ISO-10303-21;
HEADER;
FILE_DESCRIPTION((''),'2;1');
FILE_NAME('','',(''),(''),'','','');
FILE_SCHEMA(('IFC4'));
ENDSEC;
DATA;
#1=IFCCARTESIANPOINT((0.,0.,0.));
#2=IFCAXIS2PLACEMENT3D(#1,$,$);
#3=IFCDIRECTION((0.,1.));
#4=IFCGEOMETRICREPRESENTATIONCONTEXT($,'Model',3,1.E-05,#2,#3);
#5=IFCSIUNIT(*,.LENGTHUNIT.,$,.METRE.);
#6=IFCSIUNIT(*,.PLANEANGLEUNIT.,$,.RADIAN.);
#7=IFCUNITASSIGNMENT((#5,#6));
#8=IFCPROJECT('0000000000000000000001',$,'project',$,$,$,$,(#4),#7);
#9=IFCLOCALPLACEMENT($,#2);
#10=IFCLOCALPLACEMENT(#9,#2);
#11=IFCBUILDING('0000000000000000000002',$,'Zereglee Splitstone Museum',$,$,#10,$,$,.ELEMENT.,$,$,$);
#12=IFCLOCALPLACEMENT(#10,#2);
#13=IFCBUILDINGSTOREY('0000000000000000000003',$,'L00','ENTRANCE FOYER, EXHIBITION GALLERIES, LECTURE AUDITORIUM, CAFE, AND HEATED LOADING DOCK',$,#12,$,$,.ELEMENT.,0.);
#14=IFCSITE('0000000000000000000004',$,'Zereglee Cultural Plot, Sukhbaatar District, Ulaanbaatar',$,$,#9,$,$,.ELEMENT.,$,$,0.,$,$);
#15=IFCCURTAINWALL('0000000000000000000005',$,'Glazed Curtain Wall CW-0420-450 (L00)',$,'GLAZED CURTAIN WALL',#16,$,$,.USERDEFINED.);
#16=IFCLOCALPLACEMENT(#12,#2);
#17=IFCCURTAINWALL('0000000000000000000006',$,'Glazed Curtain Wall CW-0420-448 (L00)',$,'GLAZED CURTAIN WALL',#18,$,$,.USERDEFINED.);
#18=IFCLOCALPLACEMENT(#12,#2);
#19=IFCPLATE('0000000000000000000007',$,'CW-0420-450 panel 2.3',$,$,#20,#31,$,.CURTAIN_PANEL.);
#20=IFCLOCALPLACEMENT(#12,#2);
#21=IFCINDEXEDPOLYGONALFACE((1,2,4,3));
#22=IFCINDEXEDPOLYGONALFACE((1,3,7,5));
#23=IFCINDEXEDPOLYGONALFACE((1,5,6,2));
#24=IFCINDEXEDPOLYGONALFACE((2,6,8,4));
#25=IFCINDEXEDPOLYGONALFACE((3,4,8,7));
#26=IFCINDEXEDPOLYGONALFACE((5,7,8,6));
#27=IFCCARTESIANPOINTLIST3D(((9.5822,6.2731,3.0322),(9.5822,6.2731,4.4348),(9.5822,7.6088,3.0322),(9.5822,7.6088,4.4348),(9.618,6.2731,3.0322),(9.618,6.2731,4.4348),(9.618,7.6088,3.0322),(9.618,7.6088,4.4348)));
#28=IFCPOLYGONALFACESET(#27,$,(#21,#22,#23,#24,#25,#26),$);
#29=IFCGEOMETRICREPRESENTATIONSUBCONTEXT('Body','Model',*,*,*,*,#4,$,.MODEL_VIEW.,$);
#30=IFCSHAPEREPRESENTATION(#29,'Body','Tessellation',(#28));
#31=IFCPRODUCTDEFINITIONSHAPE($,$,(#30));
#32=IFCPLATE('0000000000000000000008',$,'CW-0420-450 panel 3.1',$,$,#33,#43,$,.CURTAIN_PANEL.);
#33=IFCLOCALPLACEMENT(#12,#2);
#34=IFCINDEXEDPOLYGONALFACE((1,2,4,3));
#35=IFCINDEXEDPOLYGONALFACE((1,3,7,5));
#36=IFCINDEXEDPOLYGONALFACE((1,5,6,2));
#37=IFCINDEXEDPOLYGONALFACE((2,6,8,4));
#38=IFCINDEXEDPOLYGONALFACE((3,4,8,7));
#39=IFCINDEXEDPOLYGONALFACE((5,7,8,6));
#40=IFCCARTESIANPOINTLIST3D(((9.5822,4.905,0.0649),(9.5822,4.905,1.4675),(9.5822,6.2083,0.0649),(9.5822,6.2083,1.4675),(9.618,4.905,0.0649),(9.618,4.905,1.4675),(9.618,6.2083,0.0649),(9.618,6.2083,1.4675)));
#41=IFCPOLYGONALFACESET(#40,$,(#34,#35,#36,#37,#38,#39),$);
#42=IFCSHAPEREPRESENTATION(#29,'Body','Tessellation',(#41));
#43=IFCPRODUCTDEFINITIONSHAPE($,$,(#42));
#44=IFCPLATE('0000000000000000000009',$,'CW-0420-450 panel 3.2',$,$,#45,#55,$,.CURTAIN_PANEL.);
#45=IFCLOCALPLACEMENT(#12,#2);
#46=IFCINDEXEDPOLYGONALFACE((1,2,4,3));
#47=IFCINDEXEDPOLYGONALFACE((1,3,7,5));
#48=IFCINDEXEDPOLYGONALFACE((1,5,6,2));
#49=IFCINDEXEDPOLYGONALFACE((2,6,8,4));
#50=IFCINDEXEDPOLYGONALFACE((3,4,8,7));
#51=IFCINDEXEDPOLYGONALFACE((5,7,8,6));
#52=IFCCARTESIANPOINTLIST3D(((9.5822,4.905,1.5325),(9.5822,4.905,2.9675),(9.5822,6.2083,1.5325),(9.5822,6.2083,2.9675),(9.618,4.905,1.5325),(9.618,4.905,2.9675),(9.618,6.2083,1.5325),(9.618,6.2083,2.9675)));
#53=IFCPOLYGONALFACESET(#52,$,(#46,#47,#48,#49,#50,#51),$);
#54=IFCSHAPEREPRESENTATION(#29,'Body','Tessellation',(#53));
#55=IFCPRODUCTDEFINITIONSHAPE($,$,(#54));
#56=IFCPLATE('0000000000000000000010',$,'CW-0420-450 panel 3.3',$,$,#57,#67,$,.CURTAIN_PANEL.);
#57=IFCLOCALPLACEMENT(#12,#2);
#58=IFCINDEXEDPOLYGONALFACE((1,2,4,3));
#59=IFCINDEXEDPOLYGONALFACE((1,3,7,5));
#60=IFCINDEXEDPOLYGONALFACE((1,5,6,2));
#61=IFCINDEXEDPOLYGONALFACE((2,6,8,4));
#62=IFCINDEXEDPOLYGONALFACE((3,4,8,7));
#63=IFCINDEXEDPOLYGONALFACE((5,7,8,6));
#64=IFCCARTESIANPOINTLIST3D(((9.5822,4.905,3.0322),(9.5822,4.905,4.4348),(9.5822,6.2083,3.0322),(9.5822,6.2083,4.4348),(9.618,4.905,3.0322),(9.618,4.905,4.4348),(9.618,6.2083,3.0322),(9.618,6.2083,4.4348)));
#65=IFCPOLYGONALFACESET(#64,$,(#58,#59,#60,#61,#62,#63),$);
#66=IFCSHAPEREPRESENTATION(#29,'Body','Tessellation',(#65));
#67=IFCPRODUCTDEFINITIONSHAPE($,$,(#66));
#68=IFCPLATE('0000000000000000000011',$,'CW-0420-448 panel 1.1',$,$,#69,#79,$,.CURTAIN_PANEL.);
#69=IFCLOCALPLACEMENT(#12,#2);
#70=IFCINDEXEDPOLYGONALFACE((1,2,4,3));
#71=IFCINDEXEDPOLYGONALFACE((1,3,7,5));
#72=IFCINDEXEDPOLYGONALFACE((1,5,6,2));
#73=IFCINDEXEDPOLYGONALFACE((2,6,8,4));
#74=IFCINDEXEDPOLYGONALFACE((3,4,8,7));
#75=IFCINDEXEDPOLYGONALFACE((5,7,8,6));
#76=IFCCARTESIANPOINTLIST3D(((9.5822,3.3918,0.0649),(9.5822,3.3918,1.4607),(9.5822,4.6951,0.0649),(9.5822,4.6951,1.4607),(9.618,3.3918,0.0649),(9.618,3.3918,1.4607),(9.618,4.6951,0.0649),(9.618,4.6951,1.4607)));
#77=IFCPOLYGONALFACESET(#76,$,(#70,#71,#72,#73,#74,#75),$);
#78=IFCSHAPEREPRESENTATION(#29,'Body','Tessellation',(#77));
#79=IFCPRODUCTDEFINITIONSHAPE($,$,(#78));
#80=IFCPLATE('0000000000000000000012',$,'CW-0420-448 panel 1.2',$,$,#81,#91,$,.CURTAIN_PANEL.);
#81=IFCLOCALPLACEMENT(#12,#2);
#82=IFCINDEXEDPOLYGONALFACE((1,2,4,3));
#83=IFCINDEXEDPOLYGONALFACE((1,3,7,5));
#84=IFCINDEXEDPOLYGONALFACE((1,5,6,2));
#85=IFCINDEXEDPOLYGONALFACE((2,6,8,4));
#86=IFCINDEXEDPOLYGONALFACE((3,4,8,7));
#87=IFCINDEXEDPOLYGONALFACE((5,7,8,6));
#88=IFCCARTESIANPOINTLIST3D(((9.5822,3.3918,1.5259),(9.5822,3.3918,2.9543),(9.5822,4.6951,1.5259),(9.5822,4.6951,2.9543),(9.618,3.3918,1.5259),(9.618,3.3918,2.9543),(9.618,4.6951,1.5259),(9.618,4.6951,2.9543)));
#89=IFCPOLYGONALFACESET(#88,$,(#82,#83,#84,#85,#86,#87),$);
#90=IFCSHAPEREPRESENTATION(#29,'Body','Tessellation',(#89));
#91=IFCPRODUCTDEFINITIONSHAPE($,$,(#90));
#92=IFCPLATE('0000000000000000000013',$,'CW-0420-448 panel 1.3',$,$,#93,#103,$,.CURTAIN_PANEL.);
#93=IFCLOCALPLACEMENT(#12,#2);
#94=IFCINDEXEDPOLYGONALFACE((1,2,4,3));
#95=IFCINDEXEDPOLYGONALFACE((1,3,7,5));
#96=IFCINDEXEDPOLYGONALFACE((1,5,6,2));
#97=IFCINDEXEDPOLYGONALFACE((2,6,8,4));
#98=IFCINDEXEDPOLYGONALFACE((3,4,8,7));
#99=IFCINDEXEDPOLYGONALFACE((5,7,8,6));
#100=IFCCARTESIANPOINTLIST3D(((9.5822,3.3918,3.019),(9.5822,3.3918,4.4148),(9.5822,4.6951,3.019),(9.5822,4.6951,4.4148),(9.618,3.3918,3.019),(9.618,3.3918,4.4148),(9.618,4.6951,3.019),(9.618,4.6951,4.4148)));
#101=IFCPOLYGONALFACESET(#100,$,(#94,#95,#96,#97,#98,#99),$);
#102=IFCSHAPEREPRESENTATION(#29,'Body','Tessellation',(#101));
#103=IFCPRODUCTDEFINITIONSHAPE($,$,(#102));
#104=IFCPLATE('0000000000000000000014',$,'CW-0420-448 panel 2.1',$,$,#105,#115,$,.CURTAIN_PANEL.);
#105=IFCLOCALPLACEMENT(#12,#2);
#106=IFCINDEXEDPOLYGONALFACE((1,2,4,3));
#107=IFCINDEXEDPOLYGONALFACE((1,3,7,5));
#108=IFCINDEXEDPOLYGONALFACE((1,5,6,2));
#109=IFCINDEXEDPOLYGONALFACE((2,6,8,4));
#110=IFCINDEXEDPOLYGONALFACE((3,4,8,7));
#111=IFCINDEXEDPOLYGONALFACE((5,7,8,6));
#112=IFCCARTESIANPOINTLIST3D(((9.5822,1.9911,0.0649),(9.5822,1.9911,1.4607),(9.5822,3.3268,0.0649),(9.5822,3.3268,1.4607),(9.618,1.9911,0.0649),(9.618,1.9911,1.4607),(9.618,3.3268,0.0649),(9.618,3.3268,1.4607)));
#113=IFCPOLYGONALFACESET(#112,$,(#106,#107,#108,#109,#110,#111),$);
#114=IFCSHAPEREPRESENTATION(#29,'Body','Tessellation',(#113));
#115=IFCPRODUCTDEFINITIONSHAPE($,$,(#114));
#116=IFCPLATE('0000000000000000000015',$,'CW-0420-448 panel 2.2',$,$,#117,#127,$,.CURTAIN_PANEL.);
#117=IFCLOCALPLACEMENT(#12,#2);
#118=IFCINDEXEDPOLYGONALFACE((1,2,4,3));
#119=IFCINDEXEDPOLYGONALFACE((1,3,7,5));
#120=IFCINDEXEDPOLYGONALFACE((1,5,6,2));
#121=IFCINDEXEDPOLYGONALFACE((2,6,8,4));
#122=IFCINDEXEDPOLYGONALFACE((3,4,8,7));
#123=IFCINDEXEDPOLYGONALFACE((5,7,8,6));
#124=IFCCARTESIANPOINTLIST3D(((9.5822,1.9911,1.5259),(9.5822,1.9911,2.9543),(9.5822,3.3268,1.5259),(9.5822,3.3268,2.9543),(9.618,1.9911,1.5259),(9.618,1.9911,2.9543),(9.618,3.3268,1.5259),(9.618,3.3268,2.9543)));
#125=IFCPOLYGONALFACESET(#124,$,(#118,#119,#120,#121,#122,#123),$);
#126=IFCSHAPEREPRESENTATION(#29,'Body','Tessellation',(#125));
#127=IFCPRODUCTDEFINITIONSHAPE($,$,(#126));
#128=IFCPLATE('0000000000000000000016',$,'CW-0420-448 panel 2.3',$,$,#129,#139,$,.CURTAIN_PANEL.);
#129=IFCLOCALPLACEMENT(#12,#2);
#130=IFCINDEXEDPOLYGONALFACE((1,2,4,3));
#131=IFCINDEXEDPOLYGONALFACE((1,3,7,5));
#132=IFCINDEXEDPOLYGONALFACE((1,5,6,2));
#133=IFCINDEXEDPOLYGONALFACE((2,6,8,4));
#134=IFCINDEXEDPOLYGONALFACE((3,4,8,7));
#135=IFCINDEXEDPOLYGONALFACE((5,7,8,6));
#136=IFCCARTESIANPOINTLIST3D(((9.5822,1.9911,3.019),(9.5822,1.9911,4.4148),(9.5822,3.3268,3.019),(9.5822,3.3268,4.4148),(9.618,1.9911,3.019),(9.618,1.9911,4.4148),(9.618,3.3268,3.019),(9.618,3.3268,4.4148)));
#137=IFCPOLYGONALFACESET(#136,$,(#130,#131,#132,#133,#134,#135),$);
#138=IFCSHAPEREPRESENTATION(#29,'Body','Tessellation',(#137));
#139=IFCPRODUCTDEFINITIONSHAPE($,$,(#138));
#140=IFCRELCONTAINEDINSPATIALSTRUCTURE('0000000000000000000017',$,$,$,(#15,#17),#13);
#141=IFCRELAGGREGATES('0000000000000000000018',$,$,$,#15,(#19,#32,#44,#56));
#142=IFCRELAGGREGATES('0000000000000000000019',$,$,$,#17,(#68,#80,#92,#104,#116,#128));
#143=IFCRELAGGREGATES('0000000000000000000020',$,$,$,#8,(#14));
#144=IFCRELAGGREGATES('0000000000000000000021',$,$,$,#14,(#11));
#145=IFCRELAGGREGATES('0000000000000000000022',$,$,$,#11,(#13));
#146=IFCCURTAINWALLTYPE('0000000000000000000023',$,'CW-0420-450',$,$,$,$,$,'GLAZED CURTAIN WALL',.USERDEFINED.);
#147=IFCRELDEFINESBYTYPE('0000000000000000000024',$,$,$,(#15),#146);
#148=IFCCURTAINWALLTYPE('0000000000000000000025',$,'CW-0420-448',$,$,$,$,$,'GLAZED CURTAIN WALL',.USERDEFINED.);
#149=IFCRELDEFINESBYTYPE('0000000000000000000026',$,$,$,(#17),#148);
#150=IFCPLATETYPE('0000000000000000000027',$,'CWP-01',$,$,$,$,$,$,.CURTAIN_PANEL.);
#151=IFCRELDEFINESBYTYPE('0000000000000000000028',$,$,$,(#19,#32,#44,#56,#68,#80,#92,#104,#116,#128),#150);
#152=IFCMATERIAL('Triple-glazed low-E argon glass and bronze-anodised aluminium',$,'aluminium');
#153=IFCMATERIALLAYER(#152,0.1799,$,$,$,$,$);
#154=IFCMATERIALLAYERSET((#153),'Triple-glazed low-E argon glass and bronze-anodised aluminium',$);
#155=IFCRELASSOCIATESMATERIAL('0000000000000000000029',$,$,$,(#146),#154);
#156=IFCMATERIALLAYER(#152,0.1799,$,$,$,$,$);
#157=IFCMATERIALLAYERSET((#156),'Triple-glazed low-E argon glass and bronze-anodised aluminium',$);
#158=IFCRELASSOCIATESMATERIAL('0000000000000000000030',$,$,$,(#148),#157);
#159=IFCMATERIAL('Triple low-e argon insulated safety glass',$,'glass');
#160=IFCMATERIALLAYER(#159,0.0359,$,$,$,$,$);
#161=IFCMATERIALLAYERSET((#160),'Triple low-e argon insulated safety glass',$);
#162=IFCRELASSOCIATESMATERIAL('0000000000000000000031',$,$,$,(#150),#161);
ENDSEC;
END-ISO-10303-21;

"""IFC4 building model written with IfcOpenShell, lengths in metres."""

from ifc_helpers import new_model, si_unit, direction, frame, origin, origin_2d, place, context, subcontext, project, spatial, rectangle, extrude, material, layer, layer_set, type_object, element, aggregate, save


model = new_model("IFC4")

# Units and contexts
model_context = context("Model", 3, precision=1e-05, world=origin(), true_north=direction((0.0, 1.0)))
body_context = subcontext(model_context, "Body", "Model", "MODEL_VIEW")
ifc_project = project(units=[si_unit("LENGTHUNIT", "METRE"), si_unit("PLANEANGLEUNIT", "RADIAN")], contexts=[model_context])

# Site, building, storey
site_placement = place(None, origin())
site = spatial("IfcSite", under=ifc_project, at=site_placement, Name="Zereglee Cultural Plot, Sukhbaatar District, Ulaanbaatar", CompositionType="ELEMENT", RefElevation=0.0)
building_placement = place(site_placement, origin())
building = spatial("IfcBuilding", under=site, at=building_placement, Name="Zereglee Splitstone Museum", CompositionType="ELEMENT")
storey_placement = place(building_placement, origin())
storey = spatial("IfcBuildingStorey", under=building, at=storey_placement, Name="L00", Description="ENTRANCE FOYER, EXHIBITION GALLERIES, LECTURE AUDITORIUM, CAFE, AND HEATED LOADING DOCK", CompositionType="ELEMENT", Elevation=0.0)

# Curtain walls
ifc_material_1 = material(Name="Triple-glazed low-E argon glass and bronze-anodised aluminium", Category="aluminium")
ifc_layer_1 = layer(ifc_material_1, 0.1799)
ifc_layer_set_1 = layer_set([ifc_layer_1], Name="Triple-glazed low-E argon glass and bronze-anodised aluminium")
curtain_wall_type_1 = type_object("IfcCurtainWallType", Name="CW-0420-450", ElementType="GLAZED CURTAIN WALL", PredefinedType="USERDEFINED", material=ifc_layer_set_1)
curtain_wall_1_placement = place(storey_placement, origin())
curtain_wall_1 = element("IfcCurtainWall", 1, at=curtain_wall_1_placement, inside=storey, type_object=curtain_wall_type_1, Name="Glazed Curtain Wall CW-0420-450 (L00)", ObjectType="GLAZED CURTAIN WALL", PredefinedType="USERDEFINED")
ifc_layer_2 = layer(ifc_material_1, 0.1799)
ifc_layer_set_2 = layer_set([ifc_layer_2], Name="Triple-glazed low-E argon glass and bronze-anodised aluminium")
curtain_wall_type_2 = type_object("IfcCurtainWallType", Name="CW-0420-448", ElementType="GLAZED CURTAIN WALL", PredefinedType="USERDEFINED", material=ifc_layer_set_2)
curtain_wall_2_placement = place(storey_placement, origin())
curtain_wall_2 = element("IfcCurtainWall", 2, at=curtain_wall_2_placement, inside=storey, type_object=curtain_wall_type_2, Name="Glazed Curtain Wall CW-0420-448 (L00)", ObjectType="GLAZED CURTAIN WALL", PredefinedType="USERDEFINED")

# Plates
ifc_material_2 = material(Name="Triple low-e argon insulated safety glass", Category="glass")
ifc_layer_3 = layer(ifc_material_2, 0.0359)
ifc_layer_set_3 = layer_set([ifc_layer_3], Name="Triple low-e argon insulated safety glass")
plate_type = type_object("IfcPlateType", Name="CWP-01", PredefinedType="CURTAIN_PANEL", material=ifc_layer_set_3)
plate_1_placement = place(storey_placement, frame((9.6001, 6.9409, 3.0322), z_axis=(0.0, 0.0, 1.0), x_axis=(0.0, -1.0, 0.0)))
plate_1 = element("IfcPlate", 3, at=plate_1_placement, type_object=plate_type, Name="CW-0420-450 panel 2.3", PredefinedType="CURTAIN_PANEL", context=body_context, shape_type="SweptSolid", body=[
    extrude(rectangle(XDim=1.3357, YDim=0.0359, at=origin_2d()), origin(), (0.0, 0.0, 1.0), 1.4026),
])
plate_2_placement = place(storey_placement, frame((9.6001, 5.5566, 0.0649), z_axis=(0.0, 0.0, 1.0), x_axis=(0.0, -1.0, 0.0)))
plate_2 = element("IfcPlate", 4, at=plate_2_placement, type_object=plate_type, Name="CW-0420-450 panel 3.1", PredefinedType="CURTAIN_PANEL", context=body_context, shape_type="SweptSolid", body=[
    extrude(rectangle(XDim=1.3032, YDim=0.0359, at=origin_2d()), origin(), (0.0, 0.0, 1.0), 1.4026),
])
plate_3_placement = place(storey_placement, frame((9.6001, 5.5566, 1.5325), z_axis=(0.0, 0.0, 1.0), x_axis=(0.0, -1.0, 0.0)))
plate_3 = element("IfcPlate", 5, at=plate_3_placement, type_object=plate_type, Name="CW-0420-450 panel 3.2", PredefinedType="CURTAIN_PANEL", context=body_context, shape_type="SweptSolid", body=[
    extrude(rectangle(XDim=1.3032, YDim=0.0359, at=origin_2d()), origin(), (0.0, 0.0, 1.0), 1.4351),
])
plate_4_placement = place(storey_placement, frame((9.6001, 5.5566, 3.0322), z_axis=(0.0, 0.0, 1.0), x_axis=(0.0, -1.0, 0.0)))
plate_4 = element("IfcPlate", 6, at=plate_4_placement, type_object=plate_type, Name="CW-0420-450 panel 3.3", PredefinedType="CURTAIN_PANEL", context=body_context, shape_type="SweptSolid", body=[
    extrude(rectangle(XDim=1.3032, YDim=0.0359, at=origin_2d()), origin(), (0.0, 0.0, 1.0), 1.4026),
])
aggregate(curtain_wall_1, [plate_1, plate_2, plate_3, plate_4])
plate_5_placement = place(storey_placement, frame((9.6001, 4.0435, 0.0649), z_axis=(0.0, 0.0, 1.0), x_axis=(0.0, -1.0, 0.0)))
plate_5 = element("IfcPlate", 7, at=plate_5_placement, type_object=plate_type, Name="CW-0420-448 panel 1.1", PredefinedType="CURTAIN_PANEL", context=body_context, shape_type="SweptSolid", body=[
    extrude(rectangle(XDim=1.3032, YDim=0.0359, at=origin_2d()), origin(), (0.0, 0.0, 1.0), 1.3958),
])
plate_6_placement = place(storey_placement, frame((9.6001, 4.0435, 1.5259), z_axis=(0.0, 0.0, 1.0), x_axis=(0.0, -1.0, 0.0)))
plate_6 = element("IfcPlate", 8, at=plate_6_placement, type_object=plate_type, Name="CW-0420-448 panel 1.2", PredefinedType="CURTAIN_PANEL", context=body_context, shape_type="SweptSolid", body=[
    extrude(rectangle(XDim=1.3032, YDim=0.0359, at=origin_2d()), origin(), (0.0, 0.0, 1.0), 1.4285),
])
plate_7_placement = place(storey_placement, frame((9.6001, 4.0435, 3.019), z_axis=(0.0, 0.0, 1.0), x_axis=(0.0, -1.0, 0.0)))
plate_7 = element("IfcPlate", 9, at=plate_7_placement, type_object=plate_type, Name="CW-0420-448 panel 1.3", PredefinedType="CURTAIN_PANEL", context=body_context, shape_type="SweptSolid", body=[
    extrude(rectangle(XDim=1.3032, YDim=0.0359, at=origin_2d()), origin(), (0.0, 0.0, 1.0), 1.3958),
])
plate_8_placement = place(storey_placement, frame((9.6001, 2.6589, 0.0649), z_axis=(0.0, 0.0, 1.0), x_axis=(0.0, -1.0, 0.0)))
plate_8 = element("IfcPlate", 10, at=plate_8_placement, type_object=plate_type, Name="CW-0420-448 panel 2.1", PredefinedType="CURTAIN_PANEL", context=body_context, shape_type="SweptSolid", body=[
    extrude(rectangle(XDim=1.3357, YDim=0.0359, at=origin_2d()), origin(), (0.0, 0.0, 1.0), 1.3958),
])
plate_9_placement = place(storey_placement, frame((9.6001, 2.6589, 1.5259), z_axis=(0.0, 0.0, 1.0), x_axis=(0.0, -1.0, 0.0)))
plate_9 = element("IfcPlate", 11, at=plate_9_placement, type_object=plate_type, Name="CW-0420-448 panel 2.2", PredefinedType="CURTAIN_PANEL", context=body_context, shape_type="SweptSolid", body=[
    extrude(rectangle(XDim=1.3357, YDim=0.0359, at=origin_2d()), origin(), (0.0, 0.0, 1.0), 1.4285),
])
plate_10_placement = place(storey_placement, frame((9.6001, 2.6589, 3.019), z_axis=(0.0, 0.0, 1.0), x_axis=(0.0, -1.0, 0.0)))
plate_10 = element("IfcPlate", 12, at=plate_10_placement, type_object=plate_type, Name="CW-0420-448 panel 2.3", PredefinedType="CURTAIN_PANEL", context=body_context, shape_type="SweptSolid", body=[
    extrude(rectangle(XDim=1.3357, YDim=0.0359, at=origin_2d()), origin(), (0.0, 0.0, 1.0), 1.3958),
])
aggregate(curtain_wall_2, [plate_5, plate_6, plate_7, plate_8, plate_9, plate_10])

save(model, "model.ifc")
